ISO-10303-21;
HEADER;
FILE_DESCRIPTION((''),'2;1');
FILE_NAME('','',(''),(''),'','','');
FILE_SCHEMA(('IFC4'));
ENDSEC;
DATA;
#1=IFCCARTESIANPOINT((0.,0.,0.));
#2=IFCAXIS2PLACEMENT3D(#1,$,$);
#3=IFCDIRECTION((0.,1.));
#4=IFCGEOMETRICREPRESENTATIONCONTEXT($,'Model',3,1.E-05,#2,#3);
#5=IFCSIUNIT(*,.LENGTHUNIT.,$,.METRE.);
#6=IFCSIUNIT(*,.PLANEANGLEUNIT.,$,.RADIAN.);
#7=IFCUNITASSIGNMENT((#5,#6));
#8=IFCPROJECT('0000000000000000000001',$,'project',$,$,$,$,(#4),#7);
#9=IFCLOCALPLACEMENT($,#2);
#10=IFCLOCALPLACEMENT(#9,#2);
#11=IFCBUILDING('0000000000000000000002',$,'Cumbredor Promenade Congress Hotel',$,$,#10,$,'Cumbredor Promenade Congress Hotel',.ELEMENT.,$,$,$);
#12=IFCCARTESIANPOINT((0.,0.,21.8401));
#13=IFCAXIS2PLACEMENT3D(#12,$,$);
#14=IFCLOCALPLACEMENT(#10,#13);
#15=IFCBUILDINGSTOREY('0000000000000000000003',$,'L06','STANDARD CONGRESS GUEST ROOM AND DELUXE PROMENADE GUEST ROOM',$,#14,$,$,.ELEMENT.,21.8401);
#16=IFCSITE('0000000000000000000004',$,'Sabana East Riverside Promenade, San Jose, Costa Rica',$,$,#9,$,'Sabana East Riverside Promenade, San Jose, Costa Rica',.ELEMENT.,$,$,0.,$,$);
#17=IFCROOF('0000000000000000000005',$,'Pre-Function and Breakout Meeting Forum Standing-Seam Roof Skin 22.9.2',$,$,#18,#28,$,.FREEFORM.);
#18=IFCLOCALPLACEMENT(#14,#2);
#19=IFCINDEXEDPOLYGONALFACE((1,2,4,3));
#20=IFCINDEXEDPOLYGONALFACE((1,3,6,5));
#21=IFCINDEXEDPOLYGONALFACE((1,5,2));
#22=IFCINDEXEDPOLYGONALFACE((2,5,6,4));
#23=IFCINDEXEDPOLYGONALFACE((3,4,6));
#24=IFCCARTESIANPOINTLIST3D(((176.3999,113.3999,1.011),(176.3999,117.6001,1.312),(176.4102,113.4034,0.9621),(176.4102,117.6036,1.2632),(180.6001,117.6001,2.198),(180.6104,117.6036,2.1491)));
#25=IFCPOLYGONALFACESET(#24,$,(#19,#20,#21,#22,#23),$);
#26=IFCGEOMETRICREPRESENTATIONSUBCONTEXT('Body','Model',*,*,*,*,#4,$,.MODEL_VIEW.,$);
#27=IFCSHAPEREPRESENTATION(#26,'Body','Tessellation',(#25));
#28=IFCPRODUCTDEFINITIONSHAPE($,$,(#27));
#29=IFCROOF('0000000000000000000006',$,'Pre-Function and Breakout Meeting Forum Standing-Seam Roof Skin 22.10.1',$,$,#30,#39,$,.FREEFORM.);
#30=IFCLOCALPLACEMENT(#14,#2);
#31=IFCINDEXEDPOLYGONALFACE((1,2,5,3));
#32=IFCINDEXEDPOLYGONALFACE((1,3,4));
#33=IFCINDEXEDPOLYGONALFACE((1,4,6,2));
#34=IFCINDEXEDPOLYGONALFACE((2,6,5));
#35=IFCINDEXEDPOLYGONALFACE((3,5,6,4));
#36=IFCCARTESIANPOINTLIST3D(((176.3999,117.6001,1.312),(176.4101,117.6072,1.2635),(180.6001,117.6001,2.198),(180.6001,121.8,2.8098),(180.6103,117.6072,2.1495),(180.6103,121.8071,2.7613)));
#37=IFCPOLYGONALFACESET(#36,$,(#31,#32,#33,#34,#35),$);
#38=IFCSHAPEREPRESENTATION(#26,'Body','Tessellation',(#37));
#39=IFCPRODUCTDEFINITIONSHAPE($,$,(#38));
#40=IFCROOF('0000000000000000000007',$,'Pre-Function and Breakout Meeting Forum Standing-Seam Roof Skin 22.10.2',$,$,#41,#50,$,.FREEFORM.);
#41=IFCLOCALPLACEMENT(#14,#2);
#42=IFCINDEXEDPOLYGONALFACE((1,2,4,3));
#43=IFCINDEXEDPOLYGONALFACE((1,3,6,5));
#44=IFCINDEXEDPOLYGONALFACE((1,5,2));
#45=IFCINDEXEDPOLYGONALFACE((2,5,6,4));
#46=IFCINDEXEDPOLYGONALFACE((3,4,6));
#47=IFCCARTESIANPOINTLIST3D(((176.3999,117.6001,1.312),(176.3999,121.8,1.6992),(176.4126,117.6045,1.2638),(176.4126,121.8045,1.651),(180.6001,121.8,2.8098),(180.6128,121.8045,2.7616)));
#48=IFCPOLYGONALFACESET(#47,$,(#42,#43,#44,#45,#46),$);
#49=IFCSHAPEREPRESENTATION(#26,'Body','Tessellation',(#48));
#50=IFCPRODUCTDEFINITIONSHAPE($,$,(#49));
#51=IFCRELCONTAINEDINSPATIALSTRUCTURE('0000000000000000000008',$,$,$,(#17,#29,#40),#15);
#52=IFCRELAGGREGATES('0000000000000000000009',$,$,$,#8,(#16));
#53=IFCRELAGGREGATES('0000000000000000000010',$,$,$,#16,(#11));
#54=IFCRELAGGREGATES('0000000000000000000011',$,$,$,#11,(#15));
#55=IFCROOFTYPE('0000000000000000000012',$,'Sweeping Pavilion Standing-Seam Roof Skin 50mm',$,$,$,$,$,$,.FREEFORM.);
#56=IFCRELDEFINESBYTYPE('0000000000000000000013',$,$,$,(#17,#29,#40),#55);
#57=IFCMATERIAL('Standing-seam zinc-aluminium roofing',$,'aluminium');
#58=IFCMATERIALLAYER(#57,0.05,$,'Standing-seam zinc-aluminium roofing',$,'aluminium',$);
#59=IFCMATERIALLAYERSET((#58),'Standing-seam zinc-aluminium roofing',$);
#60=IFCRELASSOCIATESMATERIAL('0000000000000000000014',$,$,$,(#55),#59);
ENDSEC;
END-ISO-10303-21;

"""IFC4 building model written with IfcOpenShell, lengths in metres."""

from ifc_helpers import new_model, si_unit, direction, frame, origin, place, context, subcontext, project, spatial, polyline, outline, extrude, material, layer, layer_set, type_object, element, save


model = new_model("IFC4")

# Units and contexts
model_context = context("Model", 3, precision=1e-05, world=origin(), true_north=direction((0.0, 1.0)))
body_context = subcontext(model_context, "Body", "Model", "MODEL_VIEW")
ifc_project = project(units=[si_unit("LENGTHUNIT", "METRE"), si_unit("PLANEANGLEUNIT", "RADIAN")], contexts=[model_context])

# Site, building, storey
site_placement = place(None, origin())
site = spatial("IfcSite", under=ifc_project, at=site_placement, Name="Sabana East Riverside Promenade, San Jose, Costa Rica", LongName="Sabana East Riverside Promenade, San Jose, Costa Rica", CompositionType="ELEMENT", RefElevation=0.0)
building_placement = place(site_placement, origin())
building = spatial("IfcBuilding", under=site, at=building_placement, Name="Cumbredor Promenade Congress Hotel", LongName="Cumbredor Promenade Congress Hotel", CompositionType="ELEMENT")
storey_placement = place(building_placement, frame((0.0, 0.0, 21.8401)))
storey = spatial("IfcBuildingStorey", under=building, at=storey_placement, Name="L06", Description="STANDARD CONGRESS GUEST ROOM AND DELUXE PROMENADE GUEST ROOM", CompositionType="ELEMENT", Elevation=21.8401)

# Roofs
ifc_material_1 = material(Name="Standing-seam zinc-aluminium roofing", Category="aluminium")
ifc_layer_1 = layer(ifc_material_1, 0.05, Name="Standing-seam zinc-aluminium roofing", Category="aluminium")
ifc_layer_set_1 = layer_set([ifc_layer_1], Name="Standing-seam zinc-aluminium roofing")
roof_type = type_object("IfcRoofType", Name="Sweeping Pavilion Standing-Seam Roof Skin 50mm", PredefinedType="FREEFORM", material=ifc_layer_set_1)
roof_1_placement = place(storey_placement, frame((176.3999, 113.3999, 1.011), z_axis=(-0.205892, -0.069954, 0.976071), x_axis=(0.693397, 0.693397, 0.19596)))
element("IfcRoof", 1, at=roof_1_placement, inside=storey, type_object=roof_type, Name="Pre-Function and Breakout Meeting Forum Standing-Seam Roof Skin 22.9.2", PredefinedType="FREEFORM", context=body_context, shape_type="SweptSolid", body=[
    extrude(outline(polyline([(0.0, 0.0), (6.0574, 0.0), (2.9714, 2.9838), (0.0, 0.0)])), origin(), (0.0, 0.0, -1.0), 0.05),
])
roof_2_placement = place(storey_placement, frame((176.3999, 117.6001, 1.312), z_axis=(-0.204332, -0.141109, 0.968678), x_axis=(0.978468, 0.0, 0.206397)))
element("IfcRoof", 2, at=roof_2_placement, inside=storey, type_object=roof_type, Name="Pre-Function and Breakout Meeting Forum Standing-Seam Roof Skin 22.10.1", PredefinedType="FREEFORM", context=body_context, shape_type="SweptSolid", body=[
    extrude(outline(polyline([(0.0, 0.0), (4.2926, 0.0), (4.4189, 4.2424), (0.0, 0.0)])), origin(), (0.0, 0.0, -1.0), 0.05),
])
roof_3_placement = place(storey_placement, frame((176.3999, 117.6001, 1.312), z_axis=(-0.254621, -0.088778, 0.962957), x_axis=(0.685664, 0.685624, 0.24451)))
element("IfcRoof", 3, at=roof_3_placement, inside=storey, type_object=roof_type, Name="Pre-Function and Breakout Meeting Forum Standing-Seam Roof Skin 22.10.2", PredefinedType="FREEFORM", context=body_context, shape_type="SweptSolid", body=[
    extrude(outline(polyline([(0.0, 0.0), (6.1257, 0.0), (2.9743, 2.9905), (0.0, 0.0)])), origin(), (0.0, 0.0, -1.0), 0.05),
])

save(model, "model.ifc")
